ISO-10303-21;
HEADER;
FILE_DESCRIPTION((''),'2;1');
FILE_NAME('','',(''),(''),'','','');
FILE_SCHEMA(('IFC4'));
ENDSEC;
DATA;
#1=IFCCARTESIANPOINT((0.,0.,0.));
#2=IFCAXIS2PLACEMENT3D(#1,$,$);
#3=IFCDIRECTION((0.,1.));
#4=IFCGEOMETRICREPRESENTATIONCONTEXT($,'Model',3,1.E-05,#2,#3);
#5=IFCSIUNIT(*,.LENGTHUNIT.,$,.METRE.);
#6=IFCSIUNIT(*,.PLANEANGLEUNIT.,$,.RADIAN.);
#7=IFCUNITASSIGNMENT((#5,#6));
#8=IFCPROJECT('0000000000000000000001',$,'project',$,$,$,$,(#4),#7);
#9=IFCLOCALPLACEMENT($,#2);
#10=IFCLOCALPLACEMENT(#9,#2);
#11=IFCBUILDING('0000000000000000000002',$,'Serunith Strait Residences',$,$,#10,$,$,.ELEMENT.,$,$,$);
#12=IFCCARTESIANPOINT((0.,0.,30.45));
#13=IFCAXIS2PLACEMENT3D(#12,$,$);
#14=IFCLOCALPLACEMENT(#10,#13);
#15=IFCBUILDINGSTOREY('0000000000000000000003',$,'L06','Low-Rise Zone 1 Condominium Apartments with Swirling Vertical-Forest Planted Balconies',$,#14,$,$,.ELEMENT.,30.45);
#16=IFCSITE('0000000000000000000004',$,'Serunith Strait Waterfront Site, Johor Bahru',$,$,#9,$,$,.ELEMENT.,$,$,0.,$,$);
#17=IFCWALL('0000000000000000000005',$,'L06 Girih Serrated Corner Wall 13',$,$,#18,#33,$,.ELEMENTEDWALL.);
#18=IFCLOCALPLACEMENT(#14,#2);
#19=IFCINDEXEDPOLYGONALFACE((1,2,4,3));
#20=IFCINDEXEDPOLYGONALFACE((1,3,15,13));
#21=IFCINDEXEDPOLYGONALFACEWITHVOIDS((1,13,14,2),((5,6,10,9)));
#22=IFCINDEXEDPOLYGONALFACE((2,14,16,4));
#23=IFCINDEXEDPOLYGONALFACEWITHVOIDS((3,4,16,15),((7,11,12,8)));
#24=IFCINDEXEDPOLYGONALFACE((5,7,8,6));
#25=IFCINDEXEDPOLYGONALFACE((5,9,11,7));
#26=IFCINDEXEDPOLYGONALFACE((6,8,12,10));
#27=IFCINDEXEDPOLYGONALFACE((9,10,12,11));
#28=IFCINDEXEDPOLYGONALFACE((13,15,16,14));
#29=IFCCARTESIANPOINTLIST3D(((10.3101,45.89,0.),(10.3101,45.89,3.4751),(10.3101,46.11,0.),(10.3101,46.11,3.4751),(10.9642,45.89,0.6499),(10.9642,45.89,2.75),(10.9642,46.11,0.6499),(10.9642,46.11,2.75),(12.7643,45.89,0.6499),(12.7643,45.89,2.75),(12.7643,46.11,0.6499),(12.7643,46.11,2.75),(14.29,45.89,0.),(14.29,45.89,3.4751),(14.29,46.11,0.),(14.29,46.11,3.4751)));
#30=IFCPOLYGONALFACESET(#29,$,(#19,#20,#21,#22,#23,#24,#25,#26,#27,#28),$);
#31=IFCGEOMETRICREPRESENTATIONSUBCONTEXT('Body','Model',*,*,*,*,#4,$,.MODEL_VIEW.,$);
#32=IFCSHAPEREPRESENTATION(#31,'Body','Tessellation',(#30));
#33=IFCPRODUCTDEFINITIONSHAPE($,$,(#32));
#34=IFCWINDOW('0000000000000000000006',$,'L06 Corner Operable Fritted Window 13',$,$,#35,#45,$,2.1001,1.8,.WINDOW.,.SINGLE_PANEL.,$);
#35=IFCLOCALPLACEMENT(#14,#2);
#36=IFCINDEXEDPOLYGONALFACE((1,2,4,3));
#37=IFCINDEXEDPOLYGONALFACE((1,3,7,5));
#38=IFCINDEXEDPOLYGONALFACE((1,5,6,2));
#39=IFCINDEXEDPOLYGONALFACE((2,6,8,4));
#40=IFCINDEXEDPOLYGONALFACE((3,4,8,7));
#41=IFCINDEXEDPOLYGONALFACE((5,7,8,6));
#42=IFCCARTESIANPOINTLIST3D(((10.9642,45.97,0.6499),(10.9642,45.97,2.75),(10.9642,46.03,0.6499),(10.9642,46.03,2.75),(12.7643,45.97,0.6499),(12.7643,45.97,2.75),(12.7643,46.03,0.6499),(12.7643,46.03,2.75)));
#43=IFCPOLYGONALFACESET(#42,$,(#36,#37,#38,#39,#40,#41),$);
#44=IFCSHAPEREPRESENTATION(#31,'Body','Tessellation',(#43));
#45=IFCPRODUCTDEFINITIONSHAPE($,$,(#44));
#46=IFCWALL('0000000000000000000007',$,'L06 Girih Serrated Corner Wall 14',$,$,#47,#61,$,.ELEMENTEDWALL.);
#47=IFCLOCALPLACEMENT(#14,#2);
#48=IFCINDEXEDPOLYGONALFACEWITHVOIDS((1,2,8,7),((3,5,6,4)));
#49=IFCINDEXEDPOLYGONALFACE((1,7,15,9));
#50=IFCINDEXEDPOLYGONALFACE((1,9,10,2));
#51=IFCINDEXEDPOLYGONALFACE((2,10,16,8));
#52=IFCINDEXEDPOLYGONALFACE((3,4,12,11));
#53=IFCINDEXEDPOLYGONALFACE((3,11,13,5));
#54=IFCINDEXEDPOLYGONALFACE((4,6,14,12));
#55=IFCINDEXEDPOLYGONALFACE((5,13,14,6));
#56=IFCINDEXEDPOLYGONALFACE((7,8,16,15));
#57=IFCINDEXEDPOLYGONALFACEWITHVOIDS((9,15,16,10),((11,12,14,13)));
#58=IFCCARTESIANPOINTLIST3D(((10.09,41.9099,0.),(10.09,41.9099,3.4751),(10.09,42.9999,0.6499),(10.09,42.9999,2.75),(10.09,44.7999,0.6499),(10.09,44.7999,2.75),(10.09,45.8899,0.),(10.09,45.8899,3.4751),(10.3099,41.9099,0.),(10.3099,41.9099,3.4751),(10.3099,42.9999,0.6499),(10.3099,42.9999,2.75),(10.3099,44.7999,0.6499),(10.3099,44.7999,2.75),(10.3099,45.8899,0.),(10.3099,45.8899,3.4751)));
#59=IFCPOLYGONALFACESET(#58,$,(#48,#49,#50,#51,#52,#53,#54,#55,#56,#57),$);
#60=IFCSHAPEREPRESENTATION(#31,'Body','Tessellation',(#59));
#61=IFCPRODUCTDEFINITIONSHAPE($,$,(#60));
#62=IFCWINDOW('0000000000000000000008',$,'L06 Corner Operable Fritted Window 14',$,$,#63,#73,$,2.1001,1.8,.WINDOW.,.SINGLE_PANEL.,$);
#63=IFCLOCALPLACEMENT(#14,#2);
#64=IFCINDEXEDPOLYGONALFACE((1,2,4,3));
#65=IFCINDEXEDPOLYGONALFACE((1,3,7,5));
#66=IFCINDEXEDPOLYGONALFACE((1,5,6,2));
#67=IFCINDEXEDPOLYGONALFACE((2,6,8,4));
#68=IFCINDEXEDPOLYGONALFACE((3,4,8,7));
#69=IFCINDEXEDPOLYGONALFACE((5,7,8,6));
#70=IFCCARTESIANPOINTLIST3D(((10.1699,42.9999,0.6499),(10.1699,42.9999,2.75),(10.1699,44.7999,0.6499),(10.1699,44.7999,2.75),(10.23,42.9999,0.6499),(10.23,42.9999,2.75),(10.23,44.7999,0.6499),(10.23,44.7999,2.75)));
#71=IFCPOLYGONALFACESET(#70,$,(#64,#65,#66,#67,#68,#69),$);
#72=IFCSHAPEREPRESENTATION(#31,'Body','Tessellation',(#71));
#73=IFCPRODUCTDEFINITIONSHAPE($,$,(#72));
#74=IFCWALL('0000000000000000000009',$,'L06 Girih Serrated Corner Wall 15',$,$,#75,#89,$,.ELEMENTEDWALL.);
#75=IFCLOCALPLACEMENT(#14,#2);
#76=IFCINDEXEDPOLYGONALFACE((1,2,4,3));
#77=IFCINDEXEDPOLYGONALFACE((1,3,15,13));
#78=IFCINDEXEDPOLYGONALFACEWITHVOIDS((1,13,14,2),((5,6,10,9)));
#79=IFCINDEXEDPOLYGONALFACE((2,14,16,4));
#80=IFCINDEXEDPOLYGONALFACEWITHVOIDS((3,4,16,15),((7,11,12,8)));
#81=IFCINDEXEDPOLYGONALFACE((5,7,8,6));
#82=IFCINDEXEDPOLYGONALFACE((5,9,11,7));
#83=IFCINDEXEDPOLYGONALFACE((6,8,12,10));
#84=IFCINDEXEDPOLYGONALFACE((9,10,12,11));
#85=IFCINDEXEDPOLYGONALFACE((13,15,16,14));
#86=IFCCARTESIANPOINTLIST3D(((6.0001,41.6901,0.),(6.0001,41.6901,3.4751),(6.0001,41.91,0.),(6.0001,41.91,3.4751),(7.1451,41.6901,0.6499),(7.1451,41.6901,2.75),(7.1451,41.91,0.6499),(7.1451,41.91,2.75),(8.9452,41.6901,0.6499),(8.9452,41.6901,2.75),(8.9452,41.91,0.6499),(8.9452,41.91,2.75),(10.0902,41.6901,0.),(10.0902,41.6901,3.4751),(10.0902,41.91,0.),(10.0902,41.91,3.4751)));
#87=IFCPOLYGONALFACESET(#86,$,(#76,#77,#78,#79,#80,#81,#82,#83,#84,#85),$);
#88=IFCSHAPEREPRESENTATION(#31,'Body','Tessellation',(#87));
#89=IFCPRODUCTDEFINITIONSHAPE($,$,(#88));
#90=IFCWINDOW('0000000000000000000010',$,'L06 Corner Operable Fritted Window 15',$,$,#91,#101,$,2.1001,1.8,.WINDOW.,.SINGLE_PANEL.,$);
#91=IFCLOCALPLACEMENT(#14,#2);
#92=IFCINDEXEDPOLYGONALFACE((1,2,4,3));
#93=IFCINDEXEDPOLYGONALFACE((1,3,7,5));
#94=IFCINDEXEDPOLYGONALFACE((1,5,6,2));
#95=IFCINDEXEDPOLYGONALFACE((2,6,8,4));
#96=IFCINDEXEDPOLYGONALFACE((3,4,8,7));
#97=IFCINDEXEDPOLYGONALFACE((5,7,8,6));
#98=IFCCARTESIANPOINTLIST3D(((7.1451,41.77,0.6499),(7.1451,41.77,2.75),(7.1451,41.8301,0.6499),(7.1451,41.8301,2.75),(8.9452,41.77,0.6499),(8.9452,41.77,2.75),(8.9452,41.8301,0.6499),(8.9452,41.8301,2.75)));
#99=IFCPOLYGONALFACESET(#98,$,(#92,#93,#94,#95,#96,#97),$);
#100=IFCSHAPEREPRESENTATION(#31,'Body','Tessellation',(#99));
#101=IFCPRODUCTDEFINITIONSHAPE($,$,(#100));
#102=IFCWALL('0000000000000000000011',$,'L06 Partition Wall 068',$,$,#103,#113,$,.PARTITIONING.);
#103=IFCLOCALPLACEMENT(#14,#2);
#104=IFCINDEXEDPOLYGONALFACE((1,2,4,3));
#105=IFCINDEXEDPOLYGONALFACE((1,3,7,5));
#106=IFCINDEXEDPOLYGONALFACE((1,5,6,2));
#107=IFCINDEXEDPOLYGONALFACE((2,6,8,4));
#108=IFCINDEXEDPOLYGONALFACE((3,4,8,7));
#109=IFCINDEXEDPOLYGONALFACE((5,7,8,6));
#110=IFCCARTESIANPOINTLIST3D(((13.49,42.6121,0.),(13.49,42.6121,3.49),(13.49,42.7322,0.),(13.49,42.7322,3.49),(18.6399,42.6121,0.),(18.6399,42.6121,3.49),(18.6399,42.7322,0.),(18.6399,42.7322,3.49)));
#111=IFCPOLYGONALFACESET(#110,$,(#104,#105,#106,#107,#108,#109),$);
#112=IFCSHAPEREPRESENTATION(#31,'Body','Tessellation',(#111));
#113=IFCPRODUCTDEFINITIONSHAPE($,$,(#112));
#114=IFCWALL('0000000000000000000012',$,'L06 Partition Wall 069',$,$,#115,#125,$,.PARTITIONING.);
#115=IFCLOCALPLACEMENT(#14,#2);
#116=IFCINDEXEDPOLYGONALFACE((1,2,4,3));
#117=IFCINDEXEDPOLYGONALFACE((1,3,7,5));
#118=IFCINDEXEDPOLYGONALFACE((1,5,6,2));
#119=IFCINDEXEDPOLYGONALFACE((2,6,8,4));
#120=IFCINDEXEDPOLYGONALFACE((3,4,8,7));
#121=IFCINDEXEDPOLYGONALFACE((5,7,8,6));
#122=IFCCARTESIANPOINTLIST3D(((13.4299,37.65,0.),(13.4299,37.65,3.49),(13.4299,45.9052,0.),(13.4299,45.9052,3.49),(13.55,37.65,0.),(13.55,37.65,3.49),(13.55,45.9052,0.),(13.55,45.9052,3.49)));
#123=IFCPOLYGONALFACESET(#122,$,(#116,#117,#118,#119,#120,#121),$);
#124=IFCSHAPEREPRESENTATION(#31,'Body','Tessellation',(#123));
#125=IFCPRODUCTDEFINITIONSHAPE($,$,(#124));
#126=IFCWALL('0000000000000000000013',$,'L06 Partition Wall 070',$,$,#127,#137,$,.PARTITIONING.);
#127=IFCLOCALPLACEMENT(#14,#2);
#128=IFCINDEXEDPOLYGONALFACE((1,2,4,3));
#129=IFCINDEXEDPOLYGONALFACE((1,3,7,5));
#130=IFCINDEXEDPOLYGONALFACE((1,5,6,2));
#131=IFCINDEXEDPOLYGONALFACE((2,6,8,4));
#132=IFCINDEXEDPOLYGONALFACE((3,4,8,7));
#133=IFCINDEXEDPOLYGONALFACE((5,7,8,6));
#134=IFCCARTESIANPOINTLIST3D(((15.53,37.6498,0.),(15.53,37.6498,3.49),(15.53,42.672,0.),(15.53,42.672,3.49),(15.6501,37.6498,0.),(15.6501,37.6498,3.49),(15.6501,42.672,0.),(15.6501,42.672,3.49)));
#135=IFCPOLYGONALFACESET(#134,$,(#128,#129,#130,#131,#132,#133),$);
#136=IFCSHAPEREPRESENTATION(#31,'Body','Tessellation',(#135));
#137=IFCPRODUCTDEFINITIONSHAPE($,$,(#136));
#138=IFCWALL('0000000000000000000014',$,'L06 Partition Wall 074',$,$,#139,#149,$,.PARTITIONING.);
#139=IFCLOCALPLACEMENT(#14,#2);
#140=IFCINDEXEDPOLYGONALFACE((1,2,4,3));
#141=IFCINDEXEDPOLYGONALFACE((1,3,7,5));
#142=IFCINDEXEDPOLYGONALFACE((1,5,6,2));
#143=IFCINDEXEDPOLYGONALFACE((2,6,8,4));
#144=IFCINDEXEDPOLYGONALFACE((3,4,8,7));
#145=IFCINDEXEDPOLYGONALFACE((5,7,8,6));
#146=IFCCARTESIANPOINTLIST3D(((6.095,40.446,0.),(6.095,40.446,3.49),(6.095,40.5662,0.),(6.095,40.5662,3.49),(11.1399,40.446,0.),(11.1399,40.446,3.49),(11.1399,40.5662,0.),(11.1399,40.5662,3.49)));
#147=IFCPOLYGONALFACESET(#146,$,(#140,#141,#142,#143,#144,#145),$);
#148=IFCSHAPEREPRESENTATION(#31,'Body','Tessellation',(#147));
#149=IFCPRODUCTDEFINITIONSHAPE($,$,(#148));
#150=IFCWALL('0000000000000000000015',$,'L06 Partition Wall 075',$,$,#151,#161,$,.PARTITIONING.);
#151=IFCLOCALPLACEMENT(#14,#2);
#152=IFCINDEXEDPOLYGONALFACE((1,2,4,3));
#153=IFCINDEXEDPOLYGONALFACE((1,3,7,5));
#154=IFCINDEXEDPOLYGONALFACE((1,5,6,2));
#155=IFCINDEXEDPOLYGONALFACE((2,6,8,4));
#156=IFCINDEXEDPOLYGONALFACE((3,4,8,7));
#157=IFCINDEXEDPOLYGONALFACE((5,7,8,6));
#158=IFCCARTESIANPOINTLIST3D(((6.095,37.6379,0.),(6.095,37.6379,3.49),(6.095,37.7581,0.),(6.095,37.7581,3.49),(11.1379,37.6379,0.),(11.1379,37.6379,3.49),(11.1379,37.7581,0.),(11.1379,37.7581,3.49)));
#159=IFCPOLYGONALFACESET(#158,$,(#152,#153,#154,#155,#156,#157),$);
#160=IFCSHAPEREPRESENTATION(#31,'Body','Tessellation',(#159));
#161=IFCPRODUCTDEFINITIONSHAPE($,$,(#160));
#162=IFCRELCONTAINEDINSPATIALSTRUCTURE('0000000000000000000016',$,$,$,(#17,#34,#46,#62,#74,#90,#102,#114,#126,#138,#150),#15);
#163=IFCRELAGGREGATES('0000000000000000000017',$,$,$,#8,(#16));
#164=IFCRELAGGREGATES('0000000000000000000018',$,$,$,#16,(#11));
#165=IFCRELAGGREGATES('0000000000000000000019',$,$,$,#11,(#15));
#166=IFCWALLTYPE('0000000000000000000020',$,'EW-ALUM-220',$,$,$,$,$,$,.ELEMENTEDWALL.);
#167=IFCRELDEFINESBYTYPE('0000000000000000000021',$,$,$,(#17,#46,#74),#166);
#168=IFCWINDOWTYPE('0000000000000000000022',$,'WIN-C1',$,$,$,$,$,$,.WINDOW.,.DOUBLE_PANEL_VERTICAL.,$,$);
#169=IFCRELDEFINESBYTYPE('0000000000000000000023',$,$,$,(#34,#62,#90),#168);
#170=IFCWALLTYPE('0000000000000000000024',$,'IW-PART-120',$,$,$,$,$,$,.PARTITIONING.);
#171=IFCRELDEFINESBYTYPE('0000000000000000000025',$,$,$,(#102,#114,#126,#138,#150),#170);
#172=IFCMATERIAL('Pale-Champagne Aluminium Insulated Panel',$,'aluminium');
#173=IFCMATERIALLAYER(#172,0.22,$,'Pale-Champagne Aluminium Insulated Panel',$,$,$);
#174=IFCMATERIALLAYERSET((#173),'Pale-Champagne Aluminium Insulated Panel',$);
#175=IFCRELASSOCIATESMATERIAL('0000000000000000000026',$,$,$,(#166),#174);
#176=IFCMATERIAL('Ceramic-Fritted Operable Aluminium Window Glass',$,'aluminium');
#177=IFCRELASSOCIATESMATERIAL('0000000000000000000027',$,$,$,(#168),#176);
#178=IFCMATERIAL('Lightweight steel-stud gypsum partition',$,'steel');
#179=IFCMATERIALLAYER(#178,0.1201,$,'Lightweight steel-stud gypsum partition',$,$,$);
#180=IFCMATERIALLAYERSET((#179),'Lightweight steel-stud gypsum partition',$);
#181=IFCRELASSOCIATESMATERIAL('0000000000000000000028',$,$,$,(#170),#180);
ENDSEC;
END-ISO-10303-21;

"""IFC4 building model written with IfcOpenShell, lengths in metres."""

from ifc_helpers import new_model, si_unit, direction, frame, frame_2d, origin, place, context, subcontext, project, spatial, rectangle, extrude, source, transform, mapped, material, layer, layer_set, type_object, element, fill, save


model = new_model("IFC4")

# Units and contexts
model_context = context("Model", 3, precision=1e-05, world=origin(), true_north=direction((0.0, 1.0)))
body_context = subcontext(model_context, "Body", "Model", "MODEL_VIEW")
ifc_project = project(units=[si_unit("LENGTHUNIT", "METRE"), si_unit("PLANEANGLEUNIT", "RADIAN")], contexts=[model_context])

# Site, building, storey
site_placement = place(None, origin())
site = spatial("IfcSite", under=ifc_project, at=site_placement, Name="Serunith Strait Waterfront Site, Johor Bahru", CompositionType="ELEMENT", RefElevation=0.0)
building_placement = place(site_placement, origin())
building = spatial("IfcBuilding", under=site, at=building_placement, Name="Serunith Strait Residences", CompositionType="ELEMENT")
storey_placement = place(building_placement, frame((0.0, 0.0, 30.45)))
storey = spatial("IfcBuildingStorey", under=building, at=storey_placement, Name="L06", Description="Low-Rise Zone 1 Condominium Apartments with Swirling Vertical-Forest Planted Balconies", CompositionType="ELEMENT", Elevation=30.45)

# Walls, openings, windows
ifc_material_1 = material(Name="Pale-Champagne Aluminium Insulated Panel", Category="aluminium")
ifc_layer_1 = layer(ifc_material_1, 0.22, Name="Pale-Champagne Aluminium Insulated Panel")
ifc_layer_set_1 = layer_set([ifc_layer_1], Name="Pale-Champagne Aluminium Insulated Panel")
wall_type_1 = type_object("IfcWallType", Name="EW-ALUM-220", PredefinedType="ELEMENTEDWALL", material=ifc_layer_set_1)
ifc_material_2 = material(Name="Ceramic-Fritted Operable Aluminium Window Glass", Category="aluminium")
window_type = type_object("IfcWindowType", Name="WIN-C1", PartitioningType="DOUBLE_PANEL_VERTICAL", PredefinedType="WINDOW", material=ifc_material_2)
shared_shape_1 = source(origin(), body_context, "Body", "SweptSolid", [
    extrude(rectangle(XDim=1.8, YDim=2.1001, at=frame_2d((0.8999, 1.05))), frame((0.0, 0.03, 0.0), z_axis=(0.0, -1.0, 0.0), x_axis=(1.0, 0.0, 0.0)), (0.0, 0.0, 1.0), 0.0601),
])
wall_1_placement = place(storey_placement, frame((14.29, 46.0, 0.0), z_axis=(0.0, 0.0, 1.0), x_axis=(-1.0, 0.0, 0.0)))
wall_1 = element("IfcWall", 1, at=wall_1_placement, inside=storey, type_object=wall_type_1, Name="L06 Girih Serrated Corner Wall 13", PredefinedType="ELEMENTEDWALL", context=body_context, shape_type="SweptSolid", body=[
    extrude(rectangle(XDim=3.98, YDim=0.22, at=frame_2d((1.99, 0.0))), origin(), (0.0, 0.0, 1.0), 3.4751),
])
opening_1_placement = place(wall_1_placement, frame((1.5259, 0.0, 0.6499)))
opening_1 = element("IfcOpeningElement", 2, at=opening_1_placement, cuts=wall_1, PredefinedType="OPENING", context=body_context, shape_type="SweptSolid", body=[
    extrude(rectangle(XDim=1.8, YDim=2.1001, at=frame_2d((0.8999, 1.05))), frame((0.0, 0.1201, 0.0), z_axis=(0.0, -1.0, 0.0), x_axis=(1.0, 0.0, 0.0)), (0.0, 0.0, 1.0), 0.24),
])
window_1_placement = place(opening_1_placement, origin())
window_1 = element("IfcWindow", 3, at=window_1_placement, inside=storey, type_object=window_type, Name="L06 Corner Operable Fritted Window 13", OverallHeight=2.1001, OverallWidth=1.8, PartitioningType="SINGLE_PANEL", PredefinedType="WINDOW", context=body_context, shape_type="MappedRepresentation", body=[
    mapped(shared_shape_1, transform((0.0, 0.0, 0.0), scale=1.0)),
])
fill(opening_1, window_1)
wall_2_placement = place(storey_placement, frame((10.2, 45.8899, 0.0), z_axis=(0.0, 0.0, 1.0), x_axis=(0.0, -1.0, 0.0)))
wall_2 = element("IfcWall", 4, at=wall_2_placement, inside=storey, type_object=wall_type_1, Name="L06 Girih Serrated Corner Wall 14", PredefinedType="ELEMENTEDWALL", context=body_context, shape_type="SweptSolid", body=[
    extrude(rectangle(XDim=3.98, YDim=0.22, at=frame_2d((1.99, 0.0))), origin(), (0.0, 0.0, 1.0), 3.4751),
])
opening_2_placement = place(wall_2_placement, frame((1.0901, 0.0, 0.6499)))
opening_2 = element("IfcOpeningElement", 5, at=opening_2_placement, cuts=wall_2, PredefinedType="OPENING", context=body_context, shape_type="SweptSolid", body=[
    extrude(rectangle(XDim=1.8, YDim=2.1001, at=frame_2d((0.8999, 1.05))), frame((0.0, 0.1201, 0.0), z_axis=(0.0, -1.0, 0.0), x_axis=(1.0, 0.0, 0.0)), (0.0, 0.0, 1.0), 0.24),
])
window_2_placement = place(opening_2_placement, origin())
window_2 = element("IfcWindow", 6, at=window_2_placement, inside=storey, type_object=window_type, Name="L06 Corner Operable Fritted Window 14", OverallHeight=2.1001, OverallWidth=1.8, PartitioningType="SINGLE_PANEL", PredefinedType="WINDOW", context=body_context, shape_type="MappedRepresentation", body=[
    mapped(shared_shape_1, transform((0.0, 0.0, 0.0), scale=1.0)),
])
fill(opening_2, window_2)
wall_3_placement = place(storey_placement, frame((10.0901, 41.8, 0.0), z_axis=(0.0, 0.0, 1.0), x_axis=(-1.0, 0.0, 0.0)))
wall_3 = element("IfcWall", 7, at=wall_3_placement, inside=storey, type_object=wall_type_1, Name="L06 Girih Serrated Corner Wall 15", PredefinedType="ELEMENTEDWALL", context=body_context, shape_type="SweptSolid", body=[
    extrude(rectangle(XDim=4.0901, YDim=0.22, at=frame_2d((2.0449, 0.0))), origin(), (0.0, 0.0, 1.0), 3.4751),
])
opening_3_placement = place(wall_3_placement, frame((1.145, 0.0, 0.6499)))
opening_3 = element("IfcOpeningElement", 8, at=opening_3_placement, cuts=wall_3, PredefinedType="OPENING", context=body_context, shape_type="SweptSolid", body=[
    extrude(rectangle(XDim=1.8, YDim=2.1001, at=frame_2d((0.8999, 1.05))), frame((0.0, 0.1201, 0.0), z_axis=(0.0, -1.0, 0.0), x_axis=(1.0, 0.0, 0.0)), (0.0, 0.0, 1.0), 0.24),
])
window_3_placement = place(opening_3_placement, origin())
window_3 = element("IfcWindow", 9, at=window_3_placement, inside=storey, type_object=window_type, Name="L06 Corner Operable Fritted Window 15", OverallHeight=2.1001, OverallWidth=1.8, PartitioningType="SINGLE_PANEL", PredefinedType="WINDOW", context=body_context, shape_type="MappedRepresentation", body=[
    mapped(shared_shape_1, transform((0.0, 0.0, 0.0), scale=1.0)),
])
fill(opening_3, window_3)

# Walls
ifc_material_3 = material(Name="Lightweight steel-stud gypsum partition", Category="steel")
ifc_layer_2 = layer(ifc_material_3, 0.1201, Name="Lightweight steel-stud gypsum partition")
ifc_layer_set_2 = layer_set([ifc_layer_2], Name="Lightweight steel-stud gypsum partition")
wall_type_2 = type_object("IfcWallType", Name="IW-PART-120", PredefinedType="PARTITIONING", material=ifc_layer_set_2)
wall_4_placement = place(storey_placement, frame((13.49, 42.6721, 0.0), z_axis=(0.0, 0.0, 1.0), x_axis=(1.0, 0.0, 0.0)))
element("IfcWall", 10, at=wall_4_placement, inside=storey, type_object=wall_type_2, Name="L06 Partition Wall 068", PredefinedType="PARTITIONING", context=body_context, shape_type="SweptSolid", body=[
    extrude(rectangle(XDim=5.1499, YDim=0.1201, at=frame_2d((2.575, 0.0))), origin(), (0.0, 0.0, 1.0), 3.49),
])
wall_5_placement = place(storey_placement, frame((13.49, 45.905, 0.0), z_axis=(0.0, 0.0, 1.0), x_axis=(0.0, -1.0, 0.0)))
element("IfcWall", 11, at=wall_5_placement, inside=storey, type_object=wall_type_2, Name="L06 Partition Wall 069", PredefinedType="PARTITIONING", context=body_context, shape_type="SweptSolid", body=[
    extrude(rectangle(XDim=8.2551, YDim=0.1201, at=frame_2d((4.1274, 0.0))), origin(), (0.0, 0.0, 1.0), 3.49),
])
wall_6_placement = place(storey_placement, frame((15.5901, 42.6721, 0.0), z_axis=(0.0, 0.0, 1.0), x_axis=(0.0, -1.0, 0.0)))
element("IfcWall", 12, at=wall_6_placement, inside=storey, type_object=wall_type_2, Name="L06 Partition Wall 070", PredefinedType="PARTITIONING", context=body_context, shape_type="SweptSolid", body=[
    extrude(rectangle(XDim=5.0222, YDim=0.1201, at=frame_2d((2.5112, 0.0))), origin(), (0.0, 0.0, 1.0), 3.49),
])
wall_7_placement = place(storey_placement, frame((6.095, 40.5061, 0.0), z_axis=(0.0, 0.0, 1.0), x_axis=(1.0, 0.0, 0.0)))
element("IfcWall", 13, at=wall_7_placement, inside=storey, type_object=wall_type_2, Name="L06 Partition Wall 074", PredefinedType="PARTITIONING", context=body_context, shape_type="SweptSolid", body=[
    extrude(rectangle(XDim=5.0449, YDim=0.1201, at=frame_2d((2.5225, 0.0))), origin(), (0.0, 0.0, 1.0), 3.49),
])
wall_8_placement = place(storey_placement, frame((6.095, 37.698, 0.0), z_axis=(0.0, 0.0, 1.0), x_axis=(1.0, 0.0, 0.0)))
element("IfcWall", 14, at=wall_8_placement, inside=storey, type_object=wall_type_2, Name="L06 Partition Wall 075", PredefinedType="PARTITIONING", context=body_context, shape_type="SweptSolid", body=[
    extrude(rectangle(XDim=5.043, YDim=0.1201, at=frame_2d((2.5215, 0.0))), origin(), (0.0, 0.0, 1.0), 3.49),
])

save(model, "model.ifc")
